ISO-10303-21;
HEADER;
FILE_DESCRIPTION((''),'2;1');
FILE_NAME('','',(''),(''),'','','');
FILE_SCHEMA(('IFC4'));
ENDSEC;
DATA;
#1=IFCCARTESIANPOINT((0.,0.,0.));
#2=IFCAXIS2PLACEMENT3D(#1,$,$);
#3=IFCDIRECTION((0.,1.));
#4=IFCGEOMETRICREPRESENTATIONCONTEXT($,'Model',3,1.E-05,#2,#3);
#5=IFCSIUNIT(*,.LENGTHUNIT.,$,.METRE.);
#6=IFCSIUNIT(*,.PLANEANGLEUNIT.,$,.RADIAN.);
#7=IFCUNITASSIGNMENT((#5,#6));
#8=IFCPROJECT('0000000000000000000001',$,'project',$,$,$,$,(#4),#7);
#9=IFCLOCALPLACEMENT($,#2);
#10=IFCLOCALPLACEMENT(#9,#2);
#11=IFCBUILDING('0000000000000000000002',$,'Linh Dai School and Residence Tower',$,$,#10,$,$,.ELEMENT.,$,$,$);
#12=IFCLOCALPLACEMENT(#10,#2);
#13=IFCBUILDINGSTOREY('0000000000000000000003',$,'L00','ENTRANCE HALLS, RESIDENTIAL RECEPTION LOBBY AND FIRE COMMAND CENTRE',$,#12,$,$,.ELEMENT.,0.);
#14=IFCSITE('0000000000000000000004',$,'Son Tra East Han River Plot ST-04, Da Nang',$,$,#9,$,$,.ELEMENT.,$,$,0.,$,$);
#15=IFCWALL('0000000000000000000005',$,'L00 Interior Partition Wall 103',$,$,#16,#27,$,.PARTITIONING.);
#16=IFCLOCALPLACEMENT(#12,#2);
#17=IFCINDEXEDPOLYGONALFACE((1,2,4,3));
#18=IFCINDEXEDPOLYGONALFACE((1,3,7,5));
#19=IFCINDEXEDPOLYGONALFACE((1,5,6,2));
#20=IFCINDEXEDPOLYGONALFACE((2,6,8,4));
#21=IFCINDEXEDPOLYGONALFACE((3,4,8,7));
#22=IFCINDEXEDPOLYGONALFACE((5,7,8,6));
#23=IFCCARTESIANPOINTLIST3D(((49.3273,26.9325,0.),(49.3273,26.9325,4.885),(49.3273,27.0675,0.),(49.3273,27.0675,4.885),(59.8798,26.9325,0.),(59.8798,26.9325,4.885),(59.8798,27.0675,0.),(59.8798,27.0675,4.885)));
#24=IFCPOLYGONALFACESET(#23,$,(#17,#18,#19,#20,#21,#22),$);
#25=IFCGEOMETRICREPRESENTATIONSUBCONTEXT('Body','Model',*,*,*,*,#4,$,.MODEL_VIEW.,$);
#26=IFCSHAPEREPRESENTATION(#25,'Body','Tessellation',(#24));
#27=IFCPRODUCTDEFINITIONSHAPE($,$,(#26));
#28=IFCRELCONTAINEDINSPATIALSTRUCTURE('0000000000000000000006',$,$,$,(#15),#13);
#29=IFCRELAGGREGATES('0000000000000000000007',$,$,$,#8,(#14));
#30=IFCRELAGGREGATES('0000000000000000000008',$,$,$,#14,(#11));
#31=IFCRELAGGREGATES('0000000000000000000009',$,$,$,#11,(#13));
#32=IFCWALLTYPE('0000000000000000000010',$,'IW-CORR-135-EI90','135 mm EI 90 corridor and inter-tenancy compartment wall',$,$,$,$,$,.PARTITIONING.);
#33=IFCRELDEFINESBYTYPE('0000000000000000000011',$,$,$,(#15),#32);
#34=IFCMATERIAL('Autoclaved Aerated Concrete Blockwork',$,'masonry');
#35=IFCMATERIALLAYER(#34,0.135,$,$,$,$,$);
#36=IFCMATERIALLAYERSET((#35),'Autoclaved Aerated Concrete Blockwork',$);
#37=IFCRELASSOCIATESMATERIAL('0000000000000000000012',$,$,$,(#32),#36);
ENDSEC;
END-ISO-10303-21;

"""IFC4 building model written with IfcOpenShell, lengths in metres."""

from ifc_helpers import new_model, si_unit, direction, frame, frame_2d, origin, place, context, subcontext, project, spatial, rectangle, extrude, material, layer, layer_set, type_object, element, save


model = new_model("IFC4")

# Units and contexts
model_context = context("Model", 3, precision=1e-05, world=origin(), true_north=direction((0.0, 1.0)))
body_context = subcontext(model_context, "Body", "Model", "MODEL_VIEW")
ifc_project = project(units=[si_unit("LENGTHUNIT", "METRE"), si_unit("PLANEANGLEUNIT", "RADIAN")], contexts=[model_context])

# Site, building, storey
site_placement = place(None, origin())
site = spatial("IfcSite", under=ifc_project, at=site_placement, Name="Son Tra East Han River Plot ST-04, Da Nang", CompositionType="ELEMENT", RefElevation=0.0)
building_placement = place(site_placement, origin())
building = spatial("IfcBuilding", under=site, at=building_placement, Name="Linh Dai School and Residence Tower", CompositionType="ELEMENT")
storey_placement = place(building_placement, origin())
storey = spatial("IfcBuildingStorey", under=building, at=storey_placement, Name="L00", Description="ENTRANCE HALLS, RESIDENTIAL RECEPTION LOBBY AND FIRE COMMAND CENTRE", CompositionType="ELEMENT", Elevation=0.0)

# Wall
ifc_material_1 = material(Name="Autoclaved Aerated Concrete Blockwork", Category="masonry")
ifc_layer_1 = layer(ifc_material_1, 0.135)
ifc_layer_set_1 = layer_set([ifc_layer_1], Name="Autoclaved Aerated Concrete Blockwork")
wall_type_1 = type_object("IfcWallType", Name="IW-CORR-135-EI90", Description="135 mm EI 90 corridor and inter-tenancy compartment wall", PredefinedType="PARTITIONING", material=ifc_layer_set_1)
wall_1_placement = place(storey_placement, frame((59.8799, 27.0, 0.0), z_axis=(0.0, 0.0, 1.0), x_axis=(-1.0, 0.0, 0.0)))
element("IfcWall", 1, at=wall_1_placement, inside=storey, type_object=wall_type_1, Name="L00 Interior Partition Wall 103", PredefinedType="PARTITIONING", context=body_context, shape_type="SweptSolid", body=[
    extrude(rectangle(XDim=10.5525, YDim=0.135, at=frame_2d((5.2764, 0.0))), origin(), (0.0, 0.0, 1.0), 4.885),
])

save(model, "model.ifc")
